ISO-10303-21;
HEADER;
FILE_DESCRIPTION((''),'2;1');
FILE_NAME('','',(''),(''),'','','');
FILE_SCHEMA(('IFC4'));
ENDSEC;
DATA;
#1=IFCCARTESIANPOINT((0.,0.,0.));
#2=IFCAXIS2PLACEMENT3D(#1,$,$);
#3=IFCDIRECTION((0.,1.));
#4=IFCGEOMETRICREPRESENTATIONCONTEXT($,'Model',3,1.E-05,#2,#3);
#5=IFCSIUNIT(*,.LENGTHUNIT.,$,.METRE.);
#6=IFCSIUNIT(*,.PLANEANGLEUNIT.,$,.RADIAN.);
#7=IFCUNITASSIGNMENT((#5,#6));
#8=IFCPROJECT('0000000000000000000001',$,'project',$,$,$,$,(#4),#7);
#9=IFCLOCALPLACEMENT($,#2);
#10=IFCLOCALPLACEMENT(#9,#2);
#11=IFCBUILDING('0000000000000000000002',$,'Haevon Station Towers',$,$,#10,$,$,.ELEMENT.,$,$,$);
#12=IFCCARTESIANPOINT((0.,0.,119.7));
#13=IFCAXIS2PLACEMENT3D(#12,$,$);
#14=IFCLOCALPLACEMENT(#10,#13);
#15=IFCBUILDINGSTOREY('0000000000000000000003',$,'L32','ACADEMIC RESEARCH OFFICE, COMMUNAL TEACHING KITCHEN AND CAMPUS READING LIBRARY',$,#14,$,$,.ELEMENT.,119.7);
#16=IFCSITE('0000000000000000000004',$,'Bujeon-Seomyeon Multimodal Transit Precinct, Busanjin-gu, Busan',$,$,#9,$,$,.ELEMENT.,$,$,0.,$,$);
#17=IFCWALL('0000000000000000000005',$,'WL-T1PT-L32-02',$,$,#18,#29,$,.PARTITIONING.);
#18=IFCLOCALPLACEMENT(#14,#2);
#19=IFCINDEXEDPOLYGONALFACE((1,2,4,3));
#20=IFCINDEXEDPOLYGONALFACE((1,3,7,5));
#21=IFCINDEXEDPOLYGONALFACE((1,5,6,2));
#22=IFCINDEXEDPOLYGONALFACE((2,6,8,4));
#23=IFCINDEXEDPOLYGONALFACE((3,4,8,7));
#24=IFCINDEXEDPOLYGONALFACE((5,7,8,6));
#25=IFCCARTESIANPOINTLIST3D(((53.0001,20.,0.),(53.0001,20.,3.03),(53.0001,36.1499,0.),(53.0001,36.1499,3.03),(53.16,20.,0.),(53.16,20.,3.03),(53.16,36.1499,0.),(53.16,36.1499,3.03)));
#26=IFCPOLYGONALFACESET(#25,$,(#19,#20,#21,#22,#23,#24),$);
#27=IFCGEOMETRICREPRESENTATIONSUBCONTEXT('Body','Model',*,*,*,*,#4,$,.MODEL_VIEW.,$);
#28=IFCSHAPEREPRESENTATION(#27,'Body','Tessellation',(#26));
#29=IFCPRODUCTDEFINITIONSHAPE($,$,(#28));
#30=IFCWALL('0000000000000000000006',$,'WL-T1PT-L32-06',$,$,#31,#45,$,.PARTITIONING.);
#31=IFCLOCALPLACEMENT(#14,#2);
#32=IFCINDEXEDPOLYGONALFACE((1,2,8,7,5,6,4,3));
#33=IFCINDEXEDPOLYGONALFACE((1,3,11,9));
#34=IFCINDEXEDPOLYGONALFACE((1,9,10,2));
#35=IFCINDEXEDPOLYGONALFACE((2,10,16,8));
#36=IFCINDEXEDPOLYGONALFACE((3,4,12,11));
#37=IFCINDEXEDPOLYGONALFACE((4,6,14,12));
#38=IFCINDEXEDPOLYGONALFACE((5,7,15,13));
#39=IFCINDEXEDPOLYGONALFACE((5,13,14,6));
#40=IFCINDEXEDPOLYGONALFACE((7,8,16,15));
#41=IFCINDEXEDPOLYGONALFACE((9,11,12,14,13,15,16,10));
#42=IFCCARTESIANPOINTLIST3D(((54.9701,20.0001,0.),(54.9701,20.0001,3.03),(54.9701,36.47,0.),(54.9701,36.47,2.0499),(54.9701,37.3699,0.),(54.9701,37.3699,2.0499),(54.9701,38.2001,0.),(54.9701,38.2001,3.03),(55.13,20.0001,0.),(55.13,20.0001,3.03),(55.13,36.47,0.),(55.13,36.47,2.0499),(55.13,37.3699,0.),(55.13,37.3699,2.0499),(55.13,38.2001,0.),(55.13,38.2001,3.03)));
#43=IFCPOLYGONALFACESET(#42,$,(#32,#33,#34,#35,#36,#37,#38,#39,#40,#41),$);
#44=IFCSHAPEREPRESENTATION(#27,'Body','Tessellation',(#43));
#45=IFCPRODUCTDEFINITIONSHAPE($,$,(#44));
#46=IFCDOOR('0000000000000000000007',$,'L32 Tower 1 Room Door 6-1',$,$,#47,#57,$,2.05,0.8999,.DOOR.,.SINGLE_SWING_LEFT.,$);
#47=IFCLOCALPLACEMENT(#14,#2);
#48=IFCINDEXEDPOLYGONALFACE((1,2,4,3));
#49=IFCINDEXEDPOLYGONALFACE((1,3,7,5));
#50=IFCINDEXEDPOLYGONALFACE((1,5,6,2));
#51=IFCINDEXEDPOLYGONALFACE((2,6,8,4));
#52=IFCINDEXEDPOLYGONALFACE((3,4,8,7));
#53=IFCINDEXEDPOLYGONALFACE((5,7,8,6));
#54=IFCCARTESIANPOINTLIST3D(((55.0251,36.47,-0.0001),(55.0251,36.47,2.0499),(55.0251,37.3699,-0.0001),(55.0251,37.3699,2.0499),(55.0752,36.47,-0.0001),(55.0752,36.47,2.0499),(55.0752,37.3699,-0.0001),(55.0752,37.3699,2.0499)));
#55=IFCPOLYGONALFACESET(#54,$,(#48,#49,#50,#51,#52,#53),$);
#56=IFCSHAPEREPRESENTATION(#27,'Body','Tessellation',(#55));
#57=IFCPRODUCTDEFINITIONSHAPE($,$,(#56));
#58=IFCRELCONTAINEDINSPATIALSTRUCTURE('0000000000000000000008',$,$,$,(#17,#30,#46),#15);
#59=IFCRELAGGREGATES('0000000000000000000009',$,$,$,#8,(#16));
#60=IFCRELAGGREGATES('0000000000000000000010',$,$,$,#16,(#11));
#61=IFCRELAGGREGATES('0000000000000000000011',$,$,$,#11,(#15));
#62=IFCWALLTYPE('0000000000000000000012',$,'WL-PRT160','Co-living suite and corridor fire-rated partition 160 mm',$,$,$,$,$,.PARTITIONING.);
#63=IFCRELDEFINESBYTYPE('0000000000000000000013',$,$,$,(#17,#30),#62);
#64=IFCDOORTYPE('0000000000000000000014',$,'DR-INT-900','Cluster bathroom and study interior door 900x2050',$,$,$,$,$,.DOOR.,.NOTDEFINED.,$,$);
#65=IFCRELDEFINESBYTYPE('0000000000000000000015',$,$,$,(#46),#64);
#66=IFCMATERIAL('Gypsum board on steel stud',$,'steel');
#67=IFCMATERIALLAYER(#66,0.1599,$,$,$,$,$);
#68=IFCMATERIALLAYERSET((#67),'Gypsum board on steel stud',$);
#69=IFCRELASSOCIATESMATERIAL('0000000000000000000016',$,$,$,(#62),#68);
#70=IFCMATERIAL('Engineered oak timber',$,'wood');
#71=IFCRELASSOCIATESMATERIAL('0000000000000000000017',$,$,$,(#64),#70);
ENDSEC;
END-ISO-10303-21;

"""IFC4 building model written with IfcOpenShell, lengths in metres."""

from ifc_helpers import new_model, si_unit, direction, frame, frame_2d, origin, place, context, subcontext, project, spatial, rectangle, extrude, material, layer, layer_set, type_object, element, fill, save


model = new_model("IFC4")

# Units and contexts
model_context = context("Model", 3, precision=1e-05, world=origin(), true_north=direction((0.0, 1.0)))
body_context = subcontext(model_context, "Body", "Model", "MODEL_VIEW")
ifc_project = project(units=[si_unit("LENGTHUNIT", "METRE"), si_unit("PLANEANGLEUNIT", "RADIAN")], contexts=[model_context])

# Site, building, storey
site_placement = place(None, origin())
site = spatial("IfcSite", under=ifc_project, at=site_placement, Name="Bujeon-Seomyeon Multimodal Transit Precinct, Busanjin-gu, Busan", CompositionType="ELEMENT", RefElevation=0.0)
building_placement = place(site_placement, origin())
building = spatial("IfcBuilding", under=site, at=building_placement, Name="Haevon Station Towers", CompositionType="ELEMENT")
storey_placement = place(building_placement, frame((0.0, 0.0, 119.7)))
storey = spatial("IfcBuildingStorey", under=building, at=storey_placement, Name="L32", Description="ACADEMIC RESEARCH OFFICE, COMMUNAL TEACHING KITCHEN AND CAMPUS READING LIBRARY", CompositionType="ELEMENT", Elevation=119.7)

# Wall
ifc_material_1 = material(Name="Gypsum board on steel stud", Category="steel")
ifc_layer_1 = layer(ifc_material_1, 0.1599)
ifc_layer_set_1 = layer_set([ifc_layer_1], Name="Gypsum board on steel stud")
wall_type_1 = type_object("IfcWallType", Name="WL-PRT160", Description="Co-living suite and corridor fire-rated partition 160 mm", PredefinedType="PARTITIONING", material=ifc_layer_set_1)
wall_1_placement = place(storey_placement, frame((53.0801, 20.0, 0.0), z_axis=(0.0, 0.0, 1.0), x_axis=(0.0, 1.0, 0.0)))
element("IfcWall", 1, at=wall_1_placement, inside=storey, type_object=wall_type_1, Name="WL-T1PT-L32-02", PredefinedType="PARTITIONING", context=body_context, shape_type="SweptSolid", body=[
    extrude(rectangle(XDim=16.1499, YDim=0.1599, at=frame_2d((8.075, 0.0))), origin(), (0.0, 0.0, 1.0), 3.03),
])

# Wall, opening, door
wall_2_placement = place(storey_placement, frame((55.05, 20.0, 0.0), z_axis=(0.0, 0.0, 1.0), x_axis=(0.0, 1.0, 0.0)))
wall_2 = element("IfcWall", 2, at=wall_2_placement, inside=storey, type_object=wall_type_1, Name="WL-T1PT-L32-06", PredefinedType="PARTITIONING", context=body_context, shape_type="SweptSolid", body=[
    extrude(rectangle(XDim=18.2, YDim=0.1599, at=frame_2d((9.1001, 0.0))), origin(), (0.0, 0.0, 1.0), 3.03),
])
opening_1_placement = place(wall_2_placement, frame((16.47, 0.0, 0.0)))
opening_1 = element("IfcOpeningElement", 3, at=opening_1_placement, cuts=wall_2, PredefinedType="OPENING", context=body_context, shape_type="SweptSolid", body=[
    extrude(rectangle(XDim=0.8999, YDim=2.05, at=frame_2d((0.45, 1.0249))), frame((0.0, 0.0898, 0.0), z_axis=(0.0, -1.0, 0.0), x_axis=(1.0, 0.0, 0.0)), (0.0, 0.0, 1.0), 0.1799),
])
ifc_material_2 = material(Name="Engineered oak timber", Category="wood")
door_type = type_object("IfcDoorType", Name="DR-INT-900", Description="Cluster bathroom and study interior door 900x2050", OperationType="NOTDEFINED", PredefinedType="DOOR", material=ifc_material_2)
door_placement = place(opening_1_placement, origin())
door = element("IfcDoor", 4, at=door_placement, inside=storey, type_object=door_type, Name="L32 Tower 1 Room Door 6-1", OperationType="SINGLE_SWING_LEFT", OverallHeight=2.05, OverallWidth=0.8999, PredefinedType="DOOR", context=body_context, shape_type="SweptSolid", body=[
    extrude(rectangle(XDim=0.8999, YDim=2.05, at=frame_2d((0.45, 1.0249))), frame((0.0, 0.0249, 0.0), z_axis=(0.0, -1.0, 0.0), x_axis=(1.0, 0.0, 0.0)), (0.0, 0.0, 1.0), 0.05),
])
fill(opening_1, door)

save(model, "model.ifc")
